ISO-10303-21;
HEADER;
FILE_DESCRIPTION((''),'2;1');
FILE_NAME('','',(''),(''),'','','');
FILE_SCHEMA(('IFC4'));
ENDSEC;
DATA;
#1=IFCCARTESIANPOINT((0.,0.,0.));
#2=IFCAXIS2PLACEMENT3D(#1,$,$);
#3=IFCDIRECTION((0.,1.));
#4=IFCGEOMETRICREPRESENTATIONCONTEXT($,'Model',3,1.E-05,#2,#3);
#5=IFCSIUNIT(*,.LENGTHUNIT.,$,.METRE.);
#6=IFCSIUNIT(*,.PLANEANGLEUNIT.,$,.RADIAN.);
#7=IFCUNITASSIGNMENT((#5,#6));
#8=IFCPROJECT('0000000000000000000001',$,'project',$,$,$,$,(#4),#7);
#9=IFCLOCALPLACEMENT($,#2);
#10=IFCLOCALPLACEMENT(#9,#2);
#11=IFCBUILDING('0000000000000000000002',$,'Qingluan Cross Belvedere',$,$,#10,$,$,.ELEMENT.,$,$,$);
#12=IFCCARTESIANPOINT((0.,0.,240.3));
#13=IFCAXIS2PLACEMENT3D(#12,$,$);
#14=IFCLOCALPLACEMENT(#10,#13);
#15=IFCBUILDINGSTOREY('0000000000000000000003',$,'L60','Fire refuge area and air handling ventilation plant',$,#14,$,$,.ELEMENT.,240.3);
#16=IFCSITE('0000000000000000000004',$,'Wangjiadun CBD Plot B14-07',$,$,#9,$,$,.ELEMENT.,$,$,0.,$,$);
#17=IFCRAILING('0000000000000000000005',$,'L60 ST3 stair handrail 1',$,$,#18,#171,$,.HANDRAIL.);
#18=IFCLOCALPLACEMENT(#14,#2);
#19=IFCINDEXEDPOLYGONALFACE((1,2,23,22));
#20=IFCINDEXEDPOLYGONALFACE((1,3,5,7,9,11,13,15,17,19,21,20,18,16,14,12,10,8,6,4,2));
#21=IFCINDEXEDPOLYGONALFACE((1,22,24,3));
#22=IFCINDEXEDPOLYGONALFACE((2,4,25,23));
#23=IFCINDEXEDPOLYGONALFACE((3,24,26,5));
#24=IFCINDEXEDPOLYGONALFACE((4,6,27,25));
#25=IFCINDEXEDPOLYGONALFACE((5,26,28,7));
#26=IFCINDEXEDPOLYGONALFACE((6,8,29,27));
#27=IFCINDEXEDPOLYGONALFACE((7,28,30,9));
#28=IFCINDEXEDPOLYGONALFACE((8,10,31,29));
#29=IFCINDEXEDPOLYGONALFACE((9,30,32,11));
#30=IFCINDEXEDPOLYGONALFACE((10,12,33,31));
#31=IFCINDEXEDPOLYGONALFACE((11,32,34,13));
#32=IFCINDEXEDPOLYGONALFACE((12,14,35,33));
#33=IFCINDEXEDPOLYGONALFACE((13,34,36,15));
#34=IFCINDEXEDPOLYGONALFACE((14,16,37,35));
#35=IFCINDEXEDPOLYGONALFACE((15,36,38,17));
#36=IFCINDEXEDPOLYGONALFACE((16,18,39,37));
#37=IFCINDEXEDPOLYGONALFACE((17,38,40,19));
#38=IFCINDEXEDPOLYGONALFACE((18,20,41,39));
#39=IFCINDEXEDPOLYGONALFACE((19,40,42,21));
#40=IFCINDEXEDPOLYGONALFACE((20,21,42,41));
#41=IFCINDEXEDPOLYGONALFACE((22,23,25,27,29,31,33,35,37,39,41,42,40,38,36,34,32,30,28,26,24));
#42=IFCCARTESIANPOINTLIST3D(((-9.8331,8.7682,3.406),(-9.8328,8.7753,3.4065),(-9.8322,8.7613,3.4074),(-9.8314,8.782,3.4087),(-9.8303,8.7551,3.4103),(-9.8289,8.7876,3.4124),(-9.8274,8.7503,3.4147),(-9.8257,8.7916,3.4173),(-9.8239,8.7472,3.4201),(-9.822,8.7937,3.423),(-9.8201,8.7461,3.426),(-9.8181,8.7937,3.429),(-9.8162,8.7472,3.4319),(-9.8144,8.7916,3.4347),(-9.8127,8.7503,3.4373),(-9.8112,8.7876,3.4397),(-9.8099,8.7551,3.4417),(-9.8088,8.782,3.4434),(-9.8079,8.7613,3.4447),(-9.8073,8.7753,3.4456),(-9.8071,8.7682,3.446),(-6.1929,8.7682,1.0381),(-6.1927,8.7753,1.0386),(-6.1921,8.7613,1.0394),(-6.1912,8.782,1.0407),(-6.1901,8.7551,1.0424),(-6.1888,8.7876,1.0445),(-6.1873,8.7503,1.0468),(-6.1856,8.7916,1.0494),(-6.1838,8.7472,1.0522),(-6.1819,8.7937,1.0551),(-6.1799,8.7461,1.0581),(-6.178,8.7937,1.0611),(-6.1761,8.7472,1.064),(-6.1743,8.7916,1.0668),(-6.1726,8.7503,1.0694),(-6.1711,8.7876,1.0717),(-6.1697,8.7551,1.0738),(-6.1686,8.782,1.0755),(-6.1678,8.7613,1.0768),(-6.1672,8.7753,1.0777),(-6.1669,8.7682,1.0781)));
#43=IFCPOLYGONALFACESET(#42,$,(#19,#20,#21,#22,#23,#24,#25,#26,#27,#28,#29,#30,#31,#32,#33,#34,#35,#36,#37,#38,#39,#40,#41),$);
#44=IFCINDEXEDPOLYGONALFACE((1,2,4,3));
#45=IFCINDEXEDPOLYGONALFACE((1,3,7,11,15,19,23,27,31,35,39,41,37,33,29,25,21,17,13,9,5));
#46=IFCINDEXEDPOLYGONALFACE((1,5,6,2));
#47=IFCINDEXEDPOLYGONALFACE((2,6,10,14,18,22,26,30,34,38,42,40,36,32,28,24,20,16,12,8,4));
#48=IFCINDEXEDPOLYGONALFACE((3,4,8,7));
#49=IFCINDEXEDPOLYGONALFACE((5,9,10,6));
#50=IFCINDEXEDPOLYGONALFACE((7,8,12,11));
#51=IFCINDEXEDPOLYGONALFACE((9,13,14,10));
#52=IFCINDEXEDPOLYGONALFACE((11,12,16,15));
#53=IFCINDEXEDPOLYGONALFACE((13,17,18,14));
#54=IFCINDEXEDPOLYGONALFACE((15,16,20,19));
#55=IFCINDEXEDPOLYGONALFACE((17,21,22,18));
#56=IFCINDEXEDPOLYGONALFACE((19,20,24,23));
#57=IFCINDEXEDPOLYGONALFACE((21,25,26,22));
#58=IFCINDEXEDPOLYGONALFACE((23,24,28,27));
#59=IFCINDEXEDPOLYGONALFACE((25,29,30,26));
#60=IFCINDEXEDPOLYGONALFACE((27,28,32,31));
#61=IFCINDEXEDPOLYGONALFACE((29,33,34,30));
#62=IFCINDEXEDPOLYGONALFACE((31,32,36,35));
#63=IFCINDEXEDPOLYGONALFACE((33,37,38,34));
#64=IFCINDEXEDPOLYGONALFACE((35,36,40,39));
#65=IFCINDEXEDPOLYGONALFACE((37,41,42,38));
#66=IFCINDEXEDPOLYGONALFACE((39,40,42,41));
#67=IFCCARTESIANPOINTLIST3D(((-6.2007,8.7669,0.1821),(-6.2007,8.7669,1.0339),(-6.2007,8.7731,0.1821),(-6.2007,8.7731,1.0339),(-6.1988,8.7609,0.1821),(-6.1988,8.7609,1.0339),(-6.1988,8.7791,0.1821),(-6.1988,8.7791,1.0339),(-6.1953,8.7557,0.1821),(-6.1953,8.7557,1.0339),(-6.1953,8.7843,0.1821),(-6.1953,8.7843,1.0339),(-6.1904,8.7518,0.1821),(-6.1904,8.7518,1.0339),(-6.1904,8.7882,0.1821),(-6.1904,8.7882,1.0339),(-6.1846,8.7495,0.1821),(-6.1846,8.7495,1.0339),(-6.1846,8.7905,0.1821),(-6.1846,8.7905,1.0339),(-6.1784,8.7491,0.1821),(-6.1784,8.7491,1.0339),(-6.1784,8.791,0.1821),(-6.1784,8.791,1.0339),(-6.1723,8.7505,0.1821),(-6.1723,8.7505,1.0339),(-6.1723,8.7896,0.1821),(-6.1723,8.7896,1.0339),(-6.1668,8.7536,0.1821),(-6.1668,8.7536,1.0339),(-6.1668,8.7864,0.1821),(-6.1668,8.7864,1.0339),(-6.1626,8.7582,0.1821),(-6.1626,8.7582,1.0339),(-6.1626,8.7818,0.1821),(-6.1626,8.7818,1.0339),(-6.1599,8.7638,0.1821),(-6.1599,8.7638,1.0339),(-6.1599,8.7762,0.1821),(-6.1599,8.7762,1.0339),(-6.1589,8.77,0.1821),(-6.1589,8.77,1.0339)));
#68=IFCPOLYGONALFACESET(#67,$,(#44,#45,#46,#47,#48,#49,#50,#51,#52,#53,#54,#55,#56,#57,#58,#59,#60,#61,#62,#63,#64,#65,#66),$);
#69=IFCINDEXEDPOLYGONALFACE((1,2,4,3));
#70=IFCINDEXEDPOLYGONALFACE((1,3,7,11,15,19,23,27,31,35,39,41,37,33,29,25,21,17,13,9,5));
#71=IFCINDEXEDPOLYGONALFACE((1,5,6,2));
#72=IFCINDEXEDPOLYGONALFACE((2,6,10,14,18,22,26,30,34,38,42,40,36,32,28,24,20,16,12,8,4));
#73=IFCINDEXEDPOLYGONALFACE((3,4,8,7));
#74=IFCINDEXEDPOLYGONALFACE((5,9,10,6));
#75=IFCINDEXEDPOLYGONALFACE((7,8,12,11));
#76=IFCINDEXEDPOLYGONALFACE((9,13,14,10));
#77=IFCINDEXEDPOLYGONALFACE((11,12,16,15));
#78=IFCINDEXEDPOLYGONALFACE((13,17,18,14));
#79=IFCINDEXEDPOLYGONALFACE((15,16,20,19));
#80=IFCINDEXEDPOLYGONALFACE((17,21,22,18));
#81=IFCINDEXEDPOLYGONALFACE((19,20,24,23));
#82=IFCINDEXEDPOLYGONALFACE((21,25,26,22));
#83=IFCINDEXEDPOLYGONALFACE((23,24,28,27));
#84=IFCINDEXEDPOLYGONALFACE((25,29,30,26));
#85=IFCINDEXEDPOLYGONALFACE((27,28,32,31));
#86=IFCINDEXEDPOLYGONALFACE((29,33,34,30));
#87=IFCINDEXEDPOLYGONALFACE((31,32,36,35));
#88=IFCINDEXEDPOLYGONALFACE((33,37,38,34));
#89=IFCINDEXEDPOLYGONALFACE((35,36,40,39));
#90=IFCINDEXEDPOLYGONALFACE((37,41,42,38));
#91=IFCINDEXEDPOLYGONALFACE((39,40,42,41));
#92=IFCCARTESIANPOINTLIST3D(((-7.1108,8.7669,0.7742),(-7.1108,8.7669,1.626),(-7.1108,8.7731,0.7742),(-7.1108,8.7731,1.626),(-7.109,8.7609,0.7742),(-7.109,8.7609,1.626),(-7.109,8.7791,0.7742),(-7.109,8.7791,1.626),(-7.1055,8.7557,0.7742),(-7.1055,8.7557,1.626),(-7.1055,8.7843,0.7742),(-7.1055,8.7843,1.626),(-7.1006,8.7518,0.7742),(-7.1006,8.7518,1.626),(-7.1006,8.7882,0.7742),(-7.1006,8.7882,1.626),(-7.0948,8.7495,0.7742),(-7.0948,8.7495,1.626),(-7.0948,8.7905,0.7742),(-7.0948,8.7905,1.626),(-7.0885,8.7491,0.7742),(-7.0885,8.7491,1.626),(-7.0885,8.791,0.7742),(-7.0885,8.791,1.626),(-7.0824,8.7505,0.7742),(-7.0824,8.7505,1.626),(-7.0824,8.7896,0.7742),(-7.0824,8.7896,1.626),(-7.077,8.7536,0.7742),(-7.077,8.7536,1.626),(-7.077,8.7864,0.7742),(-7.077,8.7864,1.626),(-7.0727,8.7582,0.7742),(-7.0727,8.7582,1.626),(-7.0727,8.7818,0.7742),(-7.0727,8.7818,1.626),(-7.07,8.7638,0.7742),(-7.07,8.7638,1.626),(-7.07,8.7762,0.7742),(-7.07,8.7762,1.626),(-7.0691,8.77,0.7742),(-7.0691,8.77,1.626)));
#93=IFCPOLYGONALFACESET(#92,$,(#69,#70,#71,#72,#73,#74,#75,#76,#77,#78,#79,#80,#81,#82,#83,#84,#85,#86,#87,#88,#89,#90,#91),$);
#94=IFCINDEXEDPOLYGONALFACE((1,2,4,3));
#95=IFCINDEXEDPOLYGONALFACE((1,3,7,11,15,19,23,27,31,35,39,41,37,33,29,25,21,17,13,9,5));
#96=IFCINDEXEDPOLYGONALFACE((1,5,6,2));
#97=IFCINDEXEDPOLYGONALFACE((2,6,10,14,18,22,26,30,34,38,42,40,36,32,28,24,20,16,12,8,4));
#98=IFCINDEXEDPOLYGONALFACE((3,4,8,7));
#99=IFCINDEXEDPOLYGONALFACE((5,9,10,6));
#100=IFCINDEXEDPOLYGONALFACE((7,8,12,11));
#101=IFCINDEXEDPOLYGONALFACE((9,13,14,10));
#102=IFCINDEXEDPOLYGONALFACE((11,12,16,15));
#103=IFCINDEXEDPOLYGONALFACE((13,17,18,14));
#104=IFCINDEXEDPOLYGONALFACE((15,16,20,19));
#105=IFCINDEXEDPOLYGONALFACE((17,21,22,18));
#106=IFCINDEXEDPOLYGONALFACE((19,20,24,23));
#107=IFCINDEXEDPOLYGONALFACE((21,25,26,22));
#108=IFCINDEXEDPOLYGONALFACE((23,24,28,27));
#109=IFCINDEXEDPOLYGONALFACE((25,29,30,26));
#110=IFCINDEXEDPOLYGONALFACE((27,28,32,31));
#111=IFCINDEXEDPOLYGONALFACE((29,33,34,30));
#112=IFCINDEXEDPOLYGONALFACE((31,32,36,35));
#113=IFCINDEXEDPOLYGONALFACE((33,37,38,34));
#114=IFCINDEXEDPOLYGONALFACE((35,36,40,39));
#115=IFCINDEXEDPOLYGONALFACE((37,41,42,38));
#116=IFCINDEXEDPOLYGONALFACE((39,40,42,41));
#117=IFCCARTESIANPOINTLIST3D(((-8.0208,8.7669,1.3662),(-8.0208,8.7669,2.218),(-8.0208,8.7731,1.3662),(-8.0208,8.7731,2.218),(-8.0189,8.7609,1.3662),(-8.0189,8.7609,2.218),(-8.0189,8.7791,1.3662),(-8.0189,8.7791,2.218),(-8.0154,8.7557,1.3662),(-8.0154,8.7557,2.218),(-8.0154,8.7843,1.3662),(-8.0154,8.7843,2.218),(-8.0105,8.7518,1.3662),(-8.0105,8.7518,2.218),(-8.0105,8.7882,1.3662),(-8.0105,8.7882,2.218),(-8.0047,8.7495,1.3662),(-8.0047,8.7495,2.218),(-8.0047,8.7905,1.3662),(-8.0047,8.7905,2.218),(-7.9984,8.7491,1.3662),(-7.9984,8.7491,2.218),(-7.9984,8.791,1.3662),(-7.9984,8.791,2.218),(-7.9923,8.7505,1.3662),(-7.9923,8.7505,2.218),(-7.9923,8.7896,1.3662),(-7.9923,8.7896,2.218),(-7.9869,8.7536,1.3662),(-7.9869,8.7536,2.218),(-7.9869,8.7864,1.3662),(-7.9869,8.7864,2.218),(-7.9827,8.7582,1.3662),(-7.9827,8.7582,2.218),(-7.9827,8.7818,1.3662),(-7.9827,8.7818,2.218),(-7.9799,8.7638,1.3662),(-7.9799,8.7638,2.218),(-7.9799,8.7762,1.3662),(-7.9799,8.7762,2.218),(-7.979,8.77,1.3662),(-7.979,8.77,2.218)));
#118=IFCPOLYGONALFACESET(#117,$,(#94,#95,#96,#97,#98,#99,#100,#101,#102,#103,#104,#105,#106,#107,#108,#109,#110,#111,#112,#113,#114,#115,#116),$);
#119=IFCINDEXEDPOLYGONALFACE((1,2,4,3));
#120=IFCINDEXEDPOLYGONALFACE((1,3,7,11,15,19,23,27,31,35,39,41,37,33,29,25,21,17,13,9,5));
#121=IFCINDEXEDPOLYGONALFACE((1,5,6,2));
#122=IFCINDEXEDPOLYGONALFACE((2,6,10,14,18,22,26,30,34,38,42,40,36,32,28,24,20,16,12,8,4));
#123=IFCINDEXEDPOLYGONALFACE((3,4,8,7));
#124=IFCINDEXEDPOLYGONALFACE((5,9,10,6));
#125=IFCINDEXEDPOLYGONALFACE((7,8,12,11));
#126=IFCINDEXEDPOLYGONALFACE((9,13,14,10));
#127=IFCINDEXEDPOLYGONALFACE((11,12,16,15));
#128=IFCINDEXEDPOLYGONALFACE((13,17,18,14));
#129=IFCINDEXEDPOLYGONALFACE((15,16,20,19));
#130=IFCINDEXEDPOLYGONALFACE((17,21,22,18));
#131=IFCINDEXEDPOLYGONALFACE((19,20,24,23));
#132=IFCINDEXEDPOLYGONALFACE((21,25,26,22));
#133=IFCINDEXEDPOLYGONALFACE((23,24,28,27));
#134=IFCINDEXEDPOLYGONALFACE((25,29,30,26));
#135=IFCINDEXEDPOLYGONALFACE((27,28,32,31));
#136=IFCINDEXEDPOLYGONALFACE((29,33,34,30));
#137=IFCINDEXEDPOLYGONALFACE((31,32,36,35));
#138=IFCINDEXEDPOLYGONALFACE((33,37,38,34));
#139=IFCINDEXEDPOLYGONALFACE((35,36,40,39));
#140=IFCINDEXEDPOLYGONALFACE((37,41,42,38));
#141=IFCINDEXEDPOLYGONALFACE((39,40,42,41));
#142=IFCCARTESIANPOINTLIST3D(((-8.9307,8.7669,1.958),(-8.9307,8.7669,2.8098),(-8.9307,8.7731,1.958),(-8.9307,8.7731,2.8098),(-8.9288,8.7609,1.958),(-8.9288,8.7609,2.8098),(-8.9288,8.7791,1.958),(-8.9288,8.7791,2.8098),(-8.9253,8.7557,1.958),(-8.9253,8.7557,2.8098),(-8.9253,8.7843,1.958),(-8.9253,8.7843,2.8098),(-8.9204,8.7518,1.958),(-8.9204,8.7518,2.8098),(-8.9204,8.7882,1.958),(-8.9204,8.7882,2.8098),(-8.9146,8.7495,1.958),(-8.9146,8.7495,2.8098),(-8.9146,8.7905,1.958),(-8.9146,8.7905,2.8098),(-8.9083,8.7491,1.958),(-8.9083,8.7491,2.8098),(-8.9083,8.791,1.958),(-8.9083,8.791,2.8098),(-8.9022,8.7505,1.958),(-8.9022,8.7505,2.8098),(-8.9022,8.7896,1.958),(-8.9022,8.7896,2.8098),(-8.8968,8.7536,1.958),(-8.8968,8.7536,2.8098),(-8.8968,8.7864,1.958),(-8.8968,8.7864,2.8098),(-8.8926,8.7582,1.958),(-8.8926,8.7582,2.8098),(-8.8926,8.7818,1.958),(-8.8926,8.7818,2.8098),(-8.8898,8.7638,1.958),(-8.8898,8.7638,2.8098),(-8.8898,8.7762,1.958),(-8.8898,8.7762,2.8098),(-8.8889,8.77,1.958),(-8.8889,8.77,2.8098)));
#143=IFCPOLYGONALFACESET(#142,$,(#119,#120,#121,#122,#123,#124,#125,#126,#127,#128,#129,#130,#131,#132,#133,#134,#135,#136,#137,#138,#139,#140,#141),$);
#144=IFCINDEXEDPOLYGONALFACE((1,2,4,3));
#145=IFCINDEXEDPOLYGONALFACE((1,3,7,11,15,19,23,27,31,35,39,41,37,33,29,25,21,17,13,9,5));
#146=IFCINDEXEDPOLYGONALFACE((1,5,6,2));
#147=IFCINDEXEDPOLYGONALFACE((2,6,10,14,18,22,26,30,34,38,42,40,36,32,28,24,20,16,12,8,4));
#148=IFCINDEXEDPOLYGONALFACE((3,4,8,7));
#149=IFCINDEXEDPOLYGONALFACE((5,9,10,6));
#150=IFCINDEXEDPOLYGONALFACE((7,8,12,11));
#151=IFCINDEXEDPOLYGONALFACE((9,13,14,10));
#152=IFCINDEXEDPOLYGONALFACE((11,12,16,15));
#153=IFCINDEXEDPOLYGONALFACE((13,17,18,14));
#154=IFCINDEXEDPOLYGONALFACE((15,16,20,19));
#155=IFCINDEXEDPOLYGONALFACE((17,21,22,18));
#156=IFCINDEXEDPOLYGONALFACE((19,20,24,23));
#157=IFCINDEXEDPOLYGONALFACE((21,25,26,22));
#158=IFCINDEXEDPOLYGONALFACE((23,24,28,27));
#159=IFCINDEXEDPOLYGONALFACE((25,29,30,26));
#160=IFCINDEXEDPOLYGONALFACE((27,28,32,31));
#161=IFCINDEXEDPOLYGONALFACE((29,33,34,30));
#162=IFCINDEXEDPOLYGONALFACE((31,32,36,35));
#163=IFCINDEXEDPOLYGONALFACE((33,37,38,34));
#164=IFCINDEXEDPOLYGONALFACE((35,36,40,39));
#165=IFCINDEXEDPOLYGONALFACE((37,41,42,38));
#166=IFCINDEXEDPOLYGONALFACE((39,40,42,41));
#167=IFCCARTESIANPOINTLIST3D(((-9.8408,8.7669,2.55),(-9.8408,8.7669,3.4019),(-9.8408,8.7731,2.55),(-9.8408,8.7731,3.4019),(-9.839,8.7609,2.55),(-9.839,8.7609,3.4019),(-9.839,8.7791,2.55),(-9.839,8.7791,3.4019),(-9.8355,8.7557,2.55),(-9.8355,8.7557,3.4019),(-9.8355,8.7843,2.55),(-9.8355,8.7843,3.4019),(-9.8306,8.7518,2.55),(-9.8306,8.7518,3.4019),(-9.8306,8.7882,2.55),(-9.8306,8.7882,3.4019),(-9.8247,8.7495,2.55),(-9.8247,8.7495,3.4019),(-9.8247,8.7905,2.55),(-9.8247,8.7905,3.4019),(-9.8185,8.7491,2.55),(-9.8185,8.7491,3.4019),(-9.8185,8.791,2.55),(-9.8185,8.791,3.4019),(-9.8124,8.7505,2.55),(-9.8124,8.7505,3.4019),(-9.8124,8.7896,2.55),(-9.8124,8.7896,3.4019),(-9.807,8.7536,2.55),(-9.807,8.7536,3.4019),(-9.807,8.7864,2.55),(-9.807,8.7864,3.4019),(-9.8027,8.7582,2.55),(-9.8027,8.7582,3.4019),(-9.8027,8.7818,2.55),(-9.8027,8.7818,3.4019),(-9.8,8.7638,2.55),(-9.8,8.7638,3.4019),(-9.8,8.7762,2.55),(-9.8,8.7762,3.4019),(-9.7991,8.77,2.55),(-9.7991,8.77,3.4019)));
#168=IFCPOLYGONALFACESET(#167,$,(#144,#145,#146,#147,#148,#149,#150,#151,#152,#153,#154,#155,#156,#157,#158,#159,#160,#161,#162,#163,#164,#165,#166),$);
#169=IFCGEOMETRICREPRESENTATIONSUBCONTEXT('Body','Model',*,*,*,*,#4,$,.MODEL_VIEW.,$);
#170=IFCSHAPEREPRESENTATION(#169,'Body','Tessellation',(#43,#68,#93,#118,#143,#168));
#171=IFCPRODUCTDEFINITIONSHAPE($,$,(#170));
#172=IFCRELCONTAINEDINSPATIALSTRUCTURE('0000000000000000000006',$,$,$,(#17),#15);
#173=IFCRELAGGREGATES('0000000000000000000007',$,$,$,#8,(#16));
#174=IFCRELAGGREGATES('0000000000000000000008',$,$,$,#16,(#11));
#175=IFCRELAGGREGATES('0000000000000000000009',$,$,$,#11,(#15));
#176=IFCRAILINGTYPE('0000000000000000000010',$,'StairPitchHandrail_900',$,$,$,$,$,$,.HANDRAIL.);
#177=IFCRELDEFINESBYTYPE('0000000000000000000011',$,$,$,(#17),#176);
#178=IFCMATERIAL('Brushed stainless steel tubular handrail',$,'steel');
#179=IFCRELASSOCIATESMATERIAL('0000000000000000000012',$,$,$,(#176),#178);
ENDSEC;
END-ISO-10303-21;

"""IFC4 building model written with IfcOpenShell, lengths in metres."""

from ifc_helpers import new_model, si_unit, direction, frame, origin, origin_2d, place, context, subcontext, project, spatial, circle, extrude, material, type_object, element, save


model = new_model("IFC4")

# Units and contexts
model_context = context("Model", 3, precision=1e-05, world=origin(), true_north=direction((0.0, 1.0)))
body_context = subcontext(model_context, "Body", "Model", "MODEL_VIEW")
ifc_project = project(units=[si_unit("LENGTHUNIT", "METRE"), si_unit("PLANEANGLEUNIT", "RADIAN")], contexts=[model_context])

# Site, building, storey
site_placement = place(None, origin())
site = spatial("IfcSite", under=ifc_project, at=site_placement, Name="Wangjiadun CBD Plot B14-07", CompositionType="ELEMENT", RefElevation=0.0)
building_placement = place(site_placement, origin())
building = spatial("IfcBuilding", under=site, at=building_placement, Name="Qingluan Cross Belvedere", CompositionType="ELEMENT")
storey_placement = place(building_placement, frame((0.0, 0.0, 240.3)))
storey = spatial("IfcBuildingStorey", under=building, at=storey_placement, Name="L60", Description="Fire refuge area and air handling ventilation plant", CompositionType="ELEMENT", Elevation=240.3)

# Railing
ifc_material_1 = material(Name="Brushed stainless steel tubular handrail", Category="steel")
railing_type_1 = type_object("IfcRailingType", Name="StairPitchHandrail_900", PredefinedType="HANDRAIL", material=ifc_material_1)
railing_1_placement = place(storey_placement, frame((-6.1799, 8.77, 0.1821)))
element("IfcRailing", 1, at=railing_1_placement, inside=storey, type_object=railing_type_1, Name="L60 ST3 stair handrail 1", PredefinedType="HANDRAIL", context=body_context, shape_type="SweptSolid", body=[
    extrude(circle(Radius=0.0239, at=origin_2d()), frame((0.0, 0.0, 0.876), z_axis=(-0.838251, 0.0, 0.545285), x_axis=(0.0, -1.0, 0.0)), (0.0, 0.0, 1.0), 4.3425),
    extrude(circle(Radius=0.021, at=origin_2d()), origin(), (0.0, 0.0, 1.0), 0.8518),
    extrude(circle(Radius=0.021, at=origin_2d()), frame((-0.9102, 0.0, 0.592)), (0.0, 0.0, 1.0), 0.8518),
    extrude(circle(Radius=0.021, at=origin_2d()), frame((-1.8201, 0.0, 1.1841)), (0.0, 0.0, 1.0), 0.8518),
    extrude(circle(Radius=0.021, at=origin_2d()), frame((-2.73, 0.0, 1.7759)), (0.0, 0.0, 1.0), 0.8518),
    extrude(circle(Radius=0.021, at=origin_2d()), frame((-3.6401, 0.0, 2.3679)), (0.0, 0.0, 1.0), 0.8518),
])

save(model, "model.ifc")
